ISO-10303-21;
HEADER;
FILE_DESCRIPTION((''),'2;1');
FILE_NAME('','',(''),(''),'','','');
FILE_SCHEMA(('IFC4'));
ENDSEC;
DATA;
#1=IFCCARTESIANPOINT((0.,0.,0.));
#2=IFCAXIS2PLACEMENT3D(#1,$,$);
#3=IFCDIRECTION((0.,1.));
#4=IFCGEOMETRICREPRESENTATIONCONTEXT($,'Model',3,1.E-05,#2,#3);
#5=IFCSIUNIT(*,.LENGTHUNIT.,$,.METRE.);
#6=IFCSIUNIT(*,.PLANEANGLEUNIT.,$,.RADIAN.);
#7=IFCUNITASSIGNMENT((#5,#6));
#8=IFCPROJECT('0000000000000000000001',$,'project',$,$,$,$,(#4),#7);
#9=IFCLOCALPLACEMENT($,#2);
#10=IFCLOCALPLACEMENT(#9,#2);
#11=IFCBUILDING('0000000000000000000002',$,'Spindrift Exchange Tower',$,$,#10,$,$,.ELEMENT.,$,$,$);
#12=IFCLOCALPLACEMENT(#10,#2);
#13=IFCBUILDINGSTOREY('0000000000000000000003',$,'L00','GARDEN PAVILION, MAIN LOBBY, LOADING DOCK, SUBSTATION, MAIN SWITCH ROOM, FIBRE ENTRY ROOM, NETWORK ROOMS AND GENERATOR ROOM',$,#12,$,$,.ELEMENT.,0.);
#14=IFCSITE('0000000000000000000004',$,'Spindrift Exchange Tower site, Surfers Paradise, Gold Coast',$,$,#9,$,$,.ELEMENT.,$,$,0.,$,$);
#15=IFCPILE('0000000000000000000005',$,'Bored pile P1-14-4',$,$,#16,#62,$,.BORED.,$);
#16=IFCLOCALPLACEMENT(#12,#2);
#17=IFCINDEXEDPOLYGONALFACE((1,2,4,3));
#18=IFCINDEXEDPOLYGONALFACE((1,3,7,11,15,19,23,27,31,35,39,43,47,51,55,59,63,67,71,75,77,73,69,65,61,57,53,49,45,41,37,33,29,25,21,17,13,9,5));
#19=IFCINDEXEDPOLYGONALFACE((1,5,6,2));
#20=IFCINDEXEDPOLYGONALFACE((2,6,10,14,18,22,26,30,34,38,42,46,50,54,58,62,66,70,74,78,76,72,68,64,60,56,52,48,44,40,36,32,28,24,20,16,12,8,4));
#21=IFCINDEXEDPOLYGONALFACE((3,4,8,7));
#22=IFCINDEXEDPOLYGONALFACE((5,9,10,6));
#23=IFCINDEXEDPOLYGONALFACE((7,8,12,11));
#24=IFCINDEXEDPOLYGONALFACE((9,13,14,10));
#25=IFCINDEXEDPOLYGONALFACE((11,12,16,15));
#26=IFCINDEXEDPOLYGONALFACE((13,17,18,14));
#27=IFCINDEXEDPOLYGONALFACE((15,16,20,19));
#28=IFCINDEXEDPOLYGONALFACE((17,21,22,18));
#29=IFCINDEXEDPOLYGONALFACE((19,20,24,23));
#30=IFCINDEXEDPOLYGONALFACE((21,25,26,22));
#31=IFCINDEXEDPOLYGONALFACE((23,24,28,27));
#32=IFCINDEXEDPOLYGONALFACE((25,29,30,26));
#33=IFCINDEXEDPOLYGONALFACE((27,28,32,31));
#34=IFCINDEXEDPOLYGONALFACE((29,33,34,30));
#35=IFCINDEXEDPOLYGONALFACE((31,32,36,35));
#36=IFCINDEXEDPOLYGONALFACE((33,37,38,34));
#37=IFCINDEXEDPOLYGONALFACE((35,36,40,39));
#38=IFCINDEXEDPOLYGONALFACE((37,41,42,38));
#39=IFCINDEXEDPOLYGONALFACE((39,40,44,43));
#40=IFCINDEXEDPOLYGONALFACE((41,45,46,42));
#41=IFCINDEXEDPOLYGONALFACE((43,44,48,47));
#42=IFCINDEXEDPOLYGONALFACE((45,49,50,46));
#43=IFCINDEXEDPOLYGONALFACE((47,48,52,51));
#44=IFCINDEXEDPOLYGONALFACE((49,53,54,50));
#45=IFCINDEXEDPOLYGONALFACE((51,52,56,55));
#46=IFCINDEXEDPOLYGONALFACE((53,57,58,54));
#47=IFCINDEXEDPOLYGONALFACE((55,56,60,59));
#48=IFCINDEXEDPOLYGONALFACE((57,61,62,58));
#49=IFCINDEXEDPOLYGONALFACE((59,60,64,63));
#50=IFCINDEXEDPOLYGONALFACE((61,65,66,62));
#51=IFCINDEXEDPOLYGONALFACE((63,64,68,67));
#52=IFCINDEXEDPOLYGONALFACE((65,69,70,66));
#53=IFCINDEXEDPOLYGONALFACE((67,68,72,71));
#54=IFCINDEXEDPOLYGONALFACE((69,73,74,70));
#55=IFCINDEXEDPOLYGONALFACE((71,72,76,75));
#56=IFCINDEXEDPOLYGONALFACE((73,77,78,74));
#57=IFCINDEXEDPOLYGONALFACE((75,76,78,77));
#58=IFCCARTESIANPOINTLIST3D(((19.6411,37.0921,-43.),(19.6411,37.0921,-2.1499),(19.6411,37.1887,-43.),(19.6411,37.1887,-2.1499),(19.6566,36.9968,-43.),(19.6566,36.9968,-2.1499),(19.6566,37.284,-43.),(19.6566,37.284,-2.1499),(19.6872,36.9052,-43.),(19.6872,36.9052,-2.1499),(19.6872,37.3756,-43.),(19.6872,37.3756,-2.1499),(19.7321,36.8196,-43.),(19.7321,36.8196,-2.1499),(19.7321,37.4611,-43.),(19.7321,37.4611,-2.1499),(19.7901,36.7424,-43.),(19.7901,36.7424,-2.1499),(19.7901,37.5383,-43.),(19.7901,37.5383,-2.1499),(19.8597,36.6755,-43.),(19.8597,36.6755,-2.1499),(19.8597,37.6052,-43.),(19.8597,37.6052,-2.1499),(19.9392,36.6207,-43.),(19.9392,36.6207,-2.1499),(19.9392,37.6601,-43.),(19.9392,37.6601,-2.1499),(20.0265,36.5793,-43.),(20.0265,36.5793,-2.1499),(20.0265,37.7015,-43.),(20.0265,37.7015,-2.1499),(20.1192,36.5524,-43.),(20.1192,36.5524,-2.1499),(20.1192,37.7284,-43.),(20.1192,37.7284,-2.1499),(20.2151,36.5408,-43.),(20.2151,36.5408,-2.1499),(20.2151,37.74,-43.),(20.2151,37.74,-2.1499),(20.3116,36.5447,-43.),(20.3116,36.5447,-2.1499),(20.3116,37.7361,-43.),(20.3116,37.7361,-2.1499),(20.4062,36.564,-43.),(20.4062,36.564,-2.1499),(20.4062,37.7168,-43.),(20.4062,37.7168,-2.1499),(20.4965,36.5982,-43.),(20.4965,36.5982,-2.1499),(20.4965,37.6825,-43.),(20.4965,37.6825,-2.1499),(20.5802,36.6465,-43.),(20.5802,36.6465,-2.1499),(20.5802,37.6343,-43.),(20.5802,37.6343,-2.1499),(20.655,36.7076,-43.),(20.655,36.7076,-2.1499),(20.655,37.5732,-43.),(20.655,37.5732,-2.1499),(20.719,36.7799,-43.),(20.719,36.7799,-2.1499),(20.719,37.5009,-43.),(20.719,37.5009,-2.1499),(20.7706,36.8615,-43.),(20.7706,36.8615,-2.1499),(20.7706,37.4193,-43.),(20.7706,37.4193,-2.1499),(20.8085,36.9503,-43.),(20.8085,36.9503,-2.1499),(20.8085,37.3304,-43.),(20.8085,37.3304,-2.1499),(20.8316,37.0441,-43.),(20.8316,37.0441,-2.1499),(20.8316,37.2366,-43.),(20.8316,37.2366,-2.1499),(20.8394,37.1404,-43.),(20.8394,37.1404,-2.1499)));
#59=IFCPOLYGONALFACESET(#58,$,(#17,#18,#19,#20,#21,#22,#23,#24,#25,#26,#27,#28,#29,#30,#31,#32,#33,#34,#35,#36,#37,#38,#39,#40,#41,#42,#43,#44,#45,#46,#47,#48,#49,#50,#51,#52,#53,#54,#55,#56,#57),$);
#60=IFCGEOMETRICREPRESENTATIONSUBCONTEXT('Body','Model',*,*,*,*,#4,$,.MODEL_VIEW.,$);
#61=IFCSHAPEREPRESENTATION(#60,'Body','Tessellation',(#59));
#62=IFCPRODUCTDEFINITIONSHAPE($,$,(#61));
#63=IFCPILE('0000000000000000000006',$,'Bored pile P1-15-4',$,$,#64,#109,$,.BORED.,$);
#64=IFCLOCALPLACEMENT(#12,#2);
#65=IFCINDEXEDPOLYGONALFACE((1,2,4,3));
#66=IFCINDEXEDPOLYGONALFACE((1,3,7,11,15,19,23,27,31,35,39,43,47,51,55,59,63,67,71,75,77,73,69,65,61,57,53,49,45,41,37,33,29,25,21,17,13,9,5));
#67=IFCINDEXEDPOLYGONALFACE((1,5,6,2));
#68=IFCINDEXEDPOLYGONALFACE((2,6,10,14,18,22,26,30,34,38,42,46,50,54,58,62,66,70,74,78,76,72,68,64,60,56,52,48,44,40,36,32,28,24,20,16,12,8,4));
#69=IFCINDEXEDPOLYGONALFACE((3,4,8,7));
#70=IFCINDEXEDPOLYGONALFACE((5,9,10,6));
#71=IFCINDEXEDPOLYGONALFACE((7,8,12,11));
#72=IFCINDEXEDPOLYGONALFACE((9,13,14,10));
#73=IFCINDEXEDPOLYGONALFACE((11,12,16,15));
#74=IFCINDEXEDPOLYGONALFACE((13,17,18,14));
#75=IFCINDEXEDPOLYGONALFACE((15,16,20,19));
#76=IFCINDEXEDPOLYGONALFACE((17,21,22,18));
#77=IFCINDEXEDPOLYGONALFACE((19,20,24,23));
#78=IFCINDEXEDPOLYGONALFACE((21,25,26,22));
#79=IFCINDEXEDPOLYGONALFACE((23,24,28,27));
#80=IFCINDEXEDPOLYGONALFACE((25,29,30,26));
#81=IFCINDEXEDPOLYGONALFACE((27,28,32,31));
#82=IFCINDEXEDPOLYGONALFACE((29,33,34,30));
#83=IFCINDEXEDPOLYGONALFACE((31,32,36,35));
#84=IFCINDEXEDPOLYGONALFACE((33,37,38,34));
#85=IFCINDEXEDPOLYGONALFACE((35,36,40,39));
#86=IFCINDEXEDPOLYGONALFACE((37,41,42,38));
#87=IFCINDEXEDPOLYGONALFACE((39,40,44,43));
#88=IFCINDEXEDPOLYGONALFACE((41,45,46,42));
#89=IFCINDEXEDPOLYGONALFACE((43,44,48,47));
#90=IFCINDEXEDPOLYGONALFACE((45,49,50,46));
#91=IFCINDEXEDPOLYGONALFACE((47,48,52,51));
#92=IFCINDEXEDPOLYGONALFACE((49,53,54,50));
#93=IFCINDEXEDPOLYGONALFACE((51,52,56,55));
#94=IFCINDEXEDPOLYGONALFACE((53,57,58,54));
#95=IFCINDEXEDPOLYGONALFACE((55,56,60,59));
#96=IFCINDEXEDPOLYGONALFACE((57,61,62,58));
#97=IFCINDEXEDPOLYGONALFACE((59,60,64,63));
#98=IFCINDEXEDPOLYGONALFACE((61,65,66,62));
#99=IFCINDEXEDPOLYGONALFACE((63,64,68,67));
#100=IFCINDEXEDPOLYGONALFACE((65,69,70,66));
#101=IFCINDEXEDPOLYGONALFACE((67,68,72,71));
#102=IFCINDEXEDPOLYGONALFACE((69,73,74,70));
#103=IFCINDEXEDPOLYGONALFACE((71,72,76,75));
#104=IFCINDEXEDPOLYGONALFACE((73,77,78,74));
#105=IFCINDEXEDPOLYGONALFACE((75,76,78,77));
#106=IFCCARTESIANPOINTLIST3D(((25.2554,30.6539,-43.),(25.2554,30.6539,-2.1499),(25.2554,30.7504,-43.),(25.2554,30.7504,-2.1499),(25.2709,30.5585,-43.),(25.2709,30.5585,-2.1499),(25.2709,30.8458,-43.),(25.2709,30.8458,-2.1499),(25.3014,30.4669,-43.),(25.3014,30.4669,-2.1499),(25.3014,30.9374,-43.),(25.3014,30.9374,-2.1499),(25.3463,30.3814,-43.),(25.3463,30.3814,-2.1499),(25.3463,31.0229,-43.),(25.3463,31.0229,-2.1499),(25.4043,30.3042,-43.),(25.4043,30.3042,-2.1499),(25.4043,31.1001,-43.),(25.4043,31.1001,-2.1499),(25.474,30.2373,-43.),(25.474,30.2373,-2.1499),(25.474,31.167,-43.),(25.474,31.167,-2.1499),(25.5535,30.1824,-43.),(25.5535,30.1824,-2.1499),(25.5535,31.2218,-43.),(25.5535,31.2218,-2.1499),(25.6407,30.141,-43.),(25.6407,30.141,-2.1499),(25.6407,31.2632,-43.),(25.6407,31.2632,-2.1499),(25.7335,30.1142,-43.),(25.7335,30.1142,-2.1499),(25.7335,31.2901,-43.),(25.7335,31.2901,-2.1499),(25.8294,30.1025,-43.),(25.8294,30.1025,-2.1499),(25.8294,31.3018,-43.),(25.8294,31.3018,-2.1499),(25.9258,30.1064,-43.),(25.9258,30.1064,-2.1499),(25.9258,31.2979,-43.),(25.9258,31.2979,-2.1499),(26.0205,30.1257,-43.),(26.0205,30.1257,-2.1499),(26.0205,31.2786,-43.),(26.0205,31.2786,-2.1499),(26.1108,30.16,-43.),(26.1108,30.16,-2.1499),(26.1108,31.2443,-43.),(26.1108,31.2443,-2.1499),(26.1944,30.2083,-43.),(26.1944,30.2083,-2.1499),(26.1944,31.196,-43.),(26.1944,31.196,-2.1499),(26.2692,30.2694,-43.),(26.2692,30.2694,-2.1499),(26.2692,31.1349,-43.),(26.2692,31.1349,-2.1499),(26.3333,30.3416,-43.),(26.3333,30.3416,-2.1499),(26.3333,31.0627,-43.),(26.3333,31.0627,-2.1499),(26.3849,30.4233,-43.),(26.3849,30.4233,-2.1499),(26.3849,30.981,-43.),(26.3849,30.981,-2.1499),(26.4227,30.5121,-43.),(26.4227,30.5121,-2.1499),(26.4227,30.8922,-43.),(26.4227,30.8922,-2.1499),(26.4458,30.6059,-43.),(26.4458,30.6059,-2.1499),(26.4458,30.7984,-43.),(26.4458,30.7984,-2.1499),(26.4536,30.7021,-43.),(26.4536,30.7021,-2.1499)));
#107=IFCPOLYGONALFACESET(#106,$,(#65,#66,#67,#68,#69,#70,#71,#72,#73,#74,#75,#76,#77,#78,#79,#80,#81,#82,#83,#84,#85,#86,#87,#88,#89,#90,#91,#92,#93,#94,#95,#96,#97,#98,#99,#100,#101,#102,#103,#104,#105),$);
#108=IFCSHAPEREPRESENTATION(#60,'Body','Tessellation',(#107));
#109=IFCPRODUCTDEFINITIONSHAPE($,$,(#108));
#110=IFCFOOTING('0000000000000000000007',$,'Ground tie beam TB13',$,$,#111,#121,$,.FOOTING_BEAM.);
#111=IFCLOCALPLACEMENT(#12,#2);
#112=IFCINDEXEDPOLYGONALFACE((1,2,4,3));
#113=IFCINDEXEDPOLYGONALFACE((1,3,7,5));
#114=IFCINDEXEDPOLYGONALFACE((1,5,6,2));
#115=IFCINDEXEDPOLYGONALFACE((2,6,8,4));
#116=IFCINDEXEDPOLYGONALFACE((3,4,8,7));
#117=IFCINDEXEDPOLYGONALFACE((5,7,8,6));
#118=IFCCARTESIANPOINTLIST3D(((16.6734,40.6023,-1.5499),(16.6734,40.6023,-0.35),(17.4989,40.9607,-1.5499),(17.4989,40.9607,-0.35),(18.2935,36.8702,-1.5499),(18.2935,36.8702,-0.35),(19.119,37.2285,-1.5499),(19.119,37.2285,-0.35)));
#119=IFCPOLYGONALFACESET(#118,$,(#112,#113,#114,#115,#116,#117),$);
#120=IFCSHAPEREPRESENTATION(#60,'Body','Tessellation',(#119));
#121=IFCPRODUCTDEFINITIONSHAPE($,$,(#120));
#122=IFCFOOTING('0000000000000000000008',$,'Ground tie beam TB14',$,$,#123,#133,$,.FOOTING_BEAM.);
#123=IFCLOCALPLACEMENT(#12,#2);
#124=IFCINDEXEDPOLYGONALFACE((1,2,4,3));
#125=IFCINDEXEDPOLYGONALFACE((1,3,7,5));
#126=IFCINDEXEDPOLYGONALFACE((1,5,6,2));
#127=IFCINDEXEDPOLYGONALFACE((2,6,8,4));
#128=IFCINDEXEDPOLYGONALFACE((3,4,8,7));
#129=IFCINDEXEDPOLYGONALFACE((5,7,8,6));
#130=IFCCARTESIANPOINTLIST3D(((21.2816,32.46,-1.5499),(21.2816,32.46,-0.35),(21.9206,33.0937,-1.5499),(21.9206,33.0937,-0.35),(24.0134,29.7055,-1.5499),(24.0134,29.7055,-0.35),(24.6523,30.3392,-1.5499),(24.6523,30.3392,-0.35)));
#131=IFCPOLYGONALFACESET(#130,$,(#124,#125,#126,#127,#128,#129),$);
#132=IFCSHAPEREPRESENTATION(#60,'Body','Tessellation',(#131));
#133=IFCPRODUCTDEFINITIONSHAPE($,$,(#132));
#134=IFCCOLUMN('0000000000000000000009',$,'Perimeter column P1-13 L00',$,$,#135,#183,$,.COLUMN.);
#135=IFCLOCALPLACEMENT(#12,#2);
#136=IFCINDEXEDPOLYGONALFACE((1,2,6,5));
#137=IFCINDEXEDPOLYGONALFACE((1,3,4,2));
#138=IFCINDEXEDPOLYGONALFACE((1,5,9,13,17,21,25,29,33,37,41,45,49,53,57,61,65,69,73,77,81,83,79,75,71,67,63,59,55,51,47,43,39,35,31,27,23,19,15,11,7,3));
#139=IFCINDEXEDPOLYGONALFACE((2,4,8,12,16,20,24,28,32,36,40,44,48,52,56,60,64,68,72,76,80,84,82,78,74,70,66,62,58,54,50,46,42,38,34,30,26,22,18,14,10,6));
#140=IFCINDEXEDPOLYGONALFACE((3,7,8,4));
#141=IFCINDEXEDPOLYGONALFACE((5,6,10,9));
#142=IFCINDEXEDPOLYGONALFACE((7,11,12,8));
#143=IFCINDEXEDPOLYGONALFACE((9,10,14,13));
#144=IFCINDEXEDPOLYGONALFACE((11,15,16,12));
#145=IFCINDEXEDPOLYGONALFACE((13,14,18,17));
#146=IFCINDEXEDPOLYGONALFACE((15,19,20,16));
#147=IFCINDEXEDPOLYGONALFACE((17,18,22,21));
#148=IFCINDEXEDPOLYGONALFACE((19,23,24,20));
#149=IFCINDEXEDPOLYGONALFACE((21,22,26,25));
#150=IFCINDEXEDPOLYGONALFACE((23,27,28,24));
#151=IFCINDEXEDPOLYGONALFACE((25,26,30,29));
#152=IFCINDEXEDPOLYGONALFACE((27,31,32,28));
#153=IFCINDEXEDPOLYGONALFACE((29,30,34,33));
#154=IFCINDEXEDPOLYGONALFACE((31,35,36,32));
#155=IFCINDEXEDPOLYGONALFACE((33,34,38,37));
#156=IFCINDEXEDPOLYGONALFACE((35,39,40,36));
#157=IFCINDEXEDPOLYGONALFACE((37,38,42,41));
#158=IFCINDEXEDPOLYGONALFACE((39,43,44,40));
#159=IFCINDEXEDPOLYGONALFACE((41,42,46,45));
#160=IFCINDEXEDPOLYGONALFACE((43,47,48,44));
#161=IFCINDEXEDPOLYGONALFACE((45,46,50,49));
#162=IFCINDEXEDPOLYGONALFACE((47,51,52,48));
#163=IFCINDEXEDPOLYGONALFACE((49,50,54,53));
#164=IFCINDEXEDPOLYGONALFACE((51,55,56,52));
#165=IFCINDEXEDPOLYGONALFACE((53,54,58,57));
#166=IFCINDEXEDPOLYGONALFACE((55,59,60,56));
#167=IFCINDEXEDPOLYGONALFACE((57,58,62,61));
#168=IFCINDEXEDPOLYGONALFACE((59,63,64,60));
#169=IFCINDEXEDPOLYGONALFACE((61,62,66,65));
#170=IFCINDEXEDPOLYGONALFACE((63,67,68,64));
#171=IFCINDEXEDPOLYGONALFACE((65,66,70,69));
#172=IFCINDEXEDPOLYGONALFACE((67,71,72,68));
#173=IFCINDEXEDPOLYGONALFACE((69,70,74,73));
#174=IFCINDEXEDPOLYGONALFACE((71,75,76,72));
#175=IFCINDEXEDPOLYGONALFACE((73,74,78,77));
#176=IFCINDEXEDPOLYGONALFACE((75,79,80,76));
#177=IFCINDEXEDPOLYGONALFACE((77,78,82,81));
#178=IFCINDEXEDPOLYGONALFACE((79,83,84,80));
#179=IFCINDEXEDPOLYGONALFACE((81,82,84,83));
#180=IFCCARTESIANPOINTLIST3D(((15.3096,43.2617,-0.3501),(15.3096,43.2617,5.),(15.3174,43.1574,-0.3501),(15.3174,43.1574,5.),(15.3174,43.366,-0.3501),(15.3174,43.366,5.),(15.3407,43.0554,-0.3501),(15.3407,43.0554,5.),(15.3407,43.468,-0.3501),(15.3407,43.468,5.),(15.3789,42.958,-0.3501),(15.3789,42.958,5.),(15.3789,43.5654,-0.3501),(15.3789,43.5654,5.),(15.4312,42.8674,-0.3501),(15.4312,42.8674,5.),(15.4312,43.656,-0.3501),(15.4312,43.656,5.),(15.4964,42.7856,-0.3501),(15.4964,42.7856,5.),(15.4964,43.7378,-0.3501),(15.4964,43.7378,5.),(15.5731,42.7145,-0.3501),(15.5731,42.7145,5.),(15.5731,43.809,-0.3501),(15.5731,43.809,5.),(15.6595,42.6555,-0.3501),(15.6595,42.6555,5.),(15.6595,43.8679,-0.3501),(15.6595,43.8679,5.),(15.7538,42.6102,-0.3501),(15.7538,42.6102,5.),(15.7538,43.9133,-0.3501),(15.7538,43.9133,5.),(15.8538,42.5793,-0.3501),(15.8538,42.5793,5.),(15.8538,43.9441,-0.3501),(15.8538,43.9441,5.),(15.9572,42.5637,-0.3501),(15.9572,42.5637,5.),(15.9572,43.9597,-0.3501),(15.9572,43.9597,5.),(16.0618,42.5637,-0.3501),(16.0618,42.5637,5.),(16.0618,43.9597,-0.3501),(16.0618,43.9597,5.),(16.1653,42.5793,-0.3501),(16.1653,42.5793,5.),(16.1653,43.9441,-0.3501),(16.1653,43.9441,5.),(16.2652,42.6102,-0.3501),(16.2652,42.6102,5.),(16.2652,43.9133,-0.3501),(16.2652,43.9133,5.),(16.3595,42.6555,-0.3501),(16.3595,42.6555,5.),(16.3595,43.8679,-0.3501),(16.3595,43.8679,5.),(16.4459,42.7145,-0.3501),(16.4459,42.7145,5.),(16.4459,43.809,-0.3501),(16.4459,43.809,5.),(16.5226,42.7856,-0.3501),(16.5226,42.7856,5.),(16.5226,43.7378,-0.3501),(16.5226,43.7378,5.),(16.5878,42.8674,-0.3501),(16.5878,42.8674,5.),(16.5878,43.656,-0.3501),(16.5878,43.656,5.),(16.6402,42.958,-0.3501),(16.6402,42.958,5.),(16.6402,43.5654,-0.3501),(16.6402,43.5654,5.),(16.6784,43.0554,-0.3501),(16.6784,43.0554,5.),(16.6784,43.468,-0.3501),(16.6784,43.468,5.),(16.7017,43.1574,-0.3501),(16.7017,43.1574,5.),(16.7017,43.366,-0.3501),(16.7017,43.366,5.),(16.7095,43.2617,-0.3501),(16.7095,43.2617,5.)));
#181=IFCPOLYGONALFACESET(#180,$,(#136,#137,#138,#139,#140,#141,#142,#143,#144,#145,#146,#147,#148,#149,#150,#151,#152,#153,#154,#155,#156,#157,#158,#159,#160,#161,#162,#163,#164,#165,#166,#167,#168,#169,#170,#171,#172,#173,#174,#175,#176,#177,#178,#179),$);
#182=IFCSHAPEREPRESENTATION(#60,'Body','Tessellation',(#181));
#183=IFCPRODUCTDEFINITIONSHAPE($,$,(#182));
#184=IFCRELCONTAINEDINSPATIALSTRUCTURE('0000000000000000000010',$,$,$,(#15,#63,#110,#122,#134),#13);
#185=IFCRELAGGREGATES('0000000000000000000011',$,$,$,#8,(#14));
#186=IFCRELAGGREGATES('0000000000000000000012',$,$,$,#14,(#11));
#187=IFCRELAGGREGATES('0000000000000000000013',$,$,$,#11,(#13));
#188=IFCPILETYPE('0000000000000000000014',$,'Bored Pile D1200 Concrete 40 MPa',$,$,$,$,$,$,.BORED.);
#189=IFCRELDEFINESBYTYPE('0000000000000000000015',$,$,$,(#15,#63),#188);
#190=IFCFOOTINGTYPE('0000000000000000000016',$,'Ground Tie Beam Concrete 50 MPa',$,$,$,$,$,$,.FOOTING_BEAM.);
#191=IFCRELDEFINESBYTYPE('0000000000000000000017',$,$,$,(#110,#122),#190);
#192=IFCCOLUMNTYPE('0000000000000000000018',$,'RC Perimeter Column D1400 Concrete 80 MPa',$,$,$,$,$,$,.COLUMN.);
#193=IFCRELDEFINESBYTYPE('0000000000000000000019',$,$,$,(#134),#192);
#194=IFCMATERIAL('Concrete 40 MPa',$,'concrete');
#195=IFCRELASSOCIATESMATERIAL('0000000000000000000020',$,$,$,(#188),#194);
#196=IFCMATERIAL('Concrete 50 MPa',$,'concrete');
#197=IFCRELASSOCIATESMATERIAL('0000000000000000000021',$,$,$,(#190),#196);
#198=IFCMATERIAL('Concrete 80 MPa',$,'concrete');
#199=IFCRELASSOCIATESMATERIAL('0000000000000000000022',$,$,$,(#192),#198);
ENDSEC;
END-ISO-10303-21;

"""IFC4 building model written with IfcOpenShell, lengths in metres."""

from ifc_helpers import new_model, si_unit, direction, frame, origin, origin_2d, place, context, subcontext, project, spatial, rectangle, circle, extrude, source, transform, mapped, material, material_profile, profile_set, type_object, element, save


model = new_model("IFC4")

# Units and contexts
model_context = context("Model", 3, precision=1e-05, world=origin(), true_north=direction((0.0, 1.0)))
body_context = subcontext(model_context, "Body", "Model", "MODEL_VIEW")
ifc_project = project(units=[si_unit("LENGTHUNIT", "METRE"), si_unit("PLANEANGLEUNIT", "RADIAN")], contexts=[model_context])

# Site, building, storey
site_placement = place(None, origin())
site = spatial("IfcSite", under=ifc_project, at=site_placement, Name="Spindrift Exchange Tower site, Surfers Paradise, Gold Coast", CompositionType="ELEMENT", RefElevation=0.0)
building_placement = place(site_placement, origin())
building = spatial("IfcBuilding", under=site, at=building_placement, Name="Spindrift Exchange Tower", CompositionType="ELEMENT")
storey_placement = place(building_placement, origin())
storey = spatial("IfcBuildingStorey", under=building, at=storey_placement, Name="L00", Description="GARDEN PAVILION, MAIN LOBBY, LOADING DOCK, SUBSTATION, MAIN SWITCH ROOM, FIBRE ENTRY ROOM, NETWORK ROOMS AND GENERATOR ROOM", CompositionType="ELEMENT", Elevation=0.0)

# Piles
ifc_material_1 = material(Name="Concrete 40 MPa", Category="concrete")
ifc_material_profile_1 = material_profile(ifc_material_1, circle(Radius=0.6001, at=origin_2d()), Name="BP D1200")
ifc_profile_set_1 = profile_set([ifc_material_profile_1], Name="Concrete 40 MPa")
pile_type_1 = type_object("IfcPileType", Name="Bored Pile D1200 Concrete 40 MPa", PredefinedType="BORED", material=ifc_profile_set_1)
shared_shape_1 = source(origin(), body_context, "Body", "SweptSolid", [
    extrude(circle(Radius=0.6001, at=origin_2d()), origin(), (0.0, 0.0, 1.0), 40.8501),
])
for number, where, z_axis, x_axis, name in (
    (1, (20.2393, 37.1404, -2.1499), (0.0, 0.0, -1.0), (1.0, 0.0, 0.0), "Bored pile P1-14-4"),
    (2, (25.8535, 30.7021, -2.1499), (0.0, 0.0, -1.0), (1.0, 0.0, 0.0), "Bored pile P1-15-4"),
):
    element("IfcPile", number, at=place(storey_placement, frame(where, z_axis=z_axis, x_axis=x_axis)), inside=storey, type_object=pile_type_1, Name=name, PredefinedType="BORED", context=body_context, shape_type="MappedRepresentation", body=[
        mapped(shared_shape_1, transform((0.0, 0.0, 0.0), scale=1.0)),
    ])

# Footings
ifc_material_2 = material(Name="Concrete 50 MPa", Category="concrete")
ifc_material_profile_2 = material_profile(ifc_material_2, rectangle(XDim=0.8999, YDim=1.2, at=origin_2d()), Name="RC 900x1200")
ifc_profile_set_2 = profile_set([ifc_material_profile_2], Name="Concrete 50 MPa")
footing_type = type_object("IfcFootingType", Name="Ground Tie Beam Concrete 50 MPa", PredefinedType="FOOTING_BEAM", material=ifc_profile_set_2)
shared_shape_2 = source(origin(), body_context, "Body", "SweptSolid", [
    extrude(rectangle(XDim=0.8999, YDim=1.2, at=origin_2d()), origin(), (0.0, 0.0, 1.0), 4.0686),
])
footing_1_placement = place(storey_placement, frame((17.0862, 40.7815, -0.95), z_axis=(0.398195, -0.917301, 0.0), x_axis=(0.917301, 0.398195, 0.0)))
element("IfcFooting", 3, at=footing_1_placement, inside=storey, type_object=footing_type, Name="Ground tie beam TB13", PredefinedType="FOOTING_BEAM", context=body_context, shape_type="MappedRepresentation", body=[
    mapped(shared_shape_2, transform((0.0, 0.0, 0.0), scale=1.0)),
])
shared_shape_3 = source(origin(), body_context, "Body", "SweptSolid", [
    extrude(rectangle(XDim=0.8999, YDim=1.2, at=origin_2d()), origin(), (0.0, 0.0, 1.0), 3.8794),
])
footing_2_placement = place(storey_placement, frame((21.6011, 32.7769, -0.95), z_axis=(0.704174, -0.710027, 0.0), x_axis=(0.710027, 0.704174, 0.0)))
element("IfcFooting", 4, at=footing_2_placement, inside=storey, type_object=footing_type, Name="Ground tie beam TB14", PredefinedType="FOOTING_BEAM", context=body_context, shape_type="MappedRepresentation", body=[
    mapped(shared_shape_3, transform((0.0, 0.0, 0.0), scale=1.0)),
])

# Column
ifc_material_3 = material(Name="Concrete 80 MPa", Category="concrete")
ifc_material_profile_3 = material_profile(ifc_material_3, circle(Radius=0.7, at=origin_2d()), Name="RC D1400")
ifc_profile_set_3 = profile_set([ifc_material_profile_3], Name="Concrete 80 MPa")
column_type_1 = type_object("IfcColumnType", Name="RC Perimeter Column D1400 Concrete 80 MPa", PredefinedType="COLUMN", material=ifc_profile_set_3)
shared_shape_4 = source(origin(), body_context, "Body", "SweptSolid", [
    extrude(circle(Radius=0.7, at=origin_2d()), origin(), (0.0, 0.0, 1.0), 5.3501),
])
for number, where, z_axis, x_axis, name in (
    (5, (16.0095, 43.2617, -0.3501), (0.0, 0.0, 1.0), (1.0, 0.0, 0.0), "Perimeter column P1-13 L00"),
):
    element("IfcColumn", number, at=place(storey_placement, frame(where, z_axis=z_axis, x_axis=x_axis)), inside=storey, type_object=column_type_1, Name=name, PredefinedType="COLUMN", context=body_context, shape_type="MappedRepresentation", body=[
        mapped(shared_shape_4, transform((0.0, 0.0, 0.0), scale=1.0)),
    ])

save(model, "model.ifc")
